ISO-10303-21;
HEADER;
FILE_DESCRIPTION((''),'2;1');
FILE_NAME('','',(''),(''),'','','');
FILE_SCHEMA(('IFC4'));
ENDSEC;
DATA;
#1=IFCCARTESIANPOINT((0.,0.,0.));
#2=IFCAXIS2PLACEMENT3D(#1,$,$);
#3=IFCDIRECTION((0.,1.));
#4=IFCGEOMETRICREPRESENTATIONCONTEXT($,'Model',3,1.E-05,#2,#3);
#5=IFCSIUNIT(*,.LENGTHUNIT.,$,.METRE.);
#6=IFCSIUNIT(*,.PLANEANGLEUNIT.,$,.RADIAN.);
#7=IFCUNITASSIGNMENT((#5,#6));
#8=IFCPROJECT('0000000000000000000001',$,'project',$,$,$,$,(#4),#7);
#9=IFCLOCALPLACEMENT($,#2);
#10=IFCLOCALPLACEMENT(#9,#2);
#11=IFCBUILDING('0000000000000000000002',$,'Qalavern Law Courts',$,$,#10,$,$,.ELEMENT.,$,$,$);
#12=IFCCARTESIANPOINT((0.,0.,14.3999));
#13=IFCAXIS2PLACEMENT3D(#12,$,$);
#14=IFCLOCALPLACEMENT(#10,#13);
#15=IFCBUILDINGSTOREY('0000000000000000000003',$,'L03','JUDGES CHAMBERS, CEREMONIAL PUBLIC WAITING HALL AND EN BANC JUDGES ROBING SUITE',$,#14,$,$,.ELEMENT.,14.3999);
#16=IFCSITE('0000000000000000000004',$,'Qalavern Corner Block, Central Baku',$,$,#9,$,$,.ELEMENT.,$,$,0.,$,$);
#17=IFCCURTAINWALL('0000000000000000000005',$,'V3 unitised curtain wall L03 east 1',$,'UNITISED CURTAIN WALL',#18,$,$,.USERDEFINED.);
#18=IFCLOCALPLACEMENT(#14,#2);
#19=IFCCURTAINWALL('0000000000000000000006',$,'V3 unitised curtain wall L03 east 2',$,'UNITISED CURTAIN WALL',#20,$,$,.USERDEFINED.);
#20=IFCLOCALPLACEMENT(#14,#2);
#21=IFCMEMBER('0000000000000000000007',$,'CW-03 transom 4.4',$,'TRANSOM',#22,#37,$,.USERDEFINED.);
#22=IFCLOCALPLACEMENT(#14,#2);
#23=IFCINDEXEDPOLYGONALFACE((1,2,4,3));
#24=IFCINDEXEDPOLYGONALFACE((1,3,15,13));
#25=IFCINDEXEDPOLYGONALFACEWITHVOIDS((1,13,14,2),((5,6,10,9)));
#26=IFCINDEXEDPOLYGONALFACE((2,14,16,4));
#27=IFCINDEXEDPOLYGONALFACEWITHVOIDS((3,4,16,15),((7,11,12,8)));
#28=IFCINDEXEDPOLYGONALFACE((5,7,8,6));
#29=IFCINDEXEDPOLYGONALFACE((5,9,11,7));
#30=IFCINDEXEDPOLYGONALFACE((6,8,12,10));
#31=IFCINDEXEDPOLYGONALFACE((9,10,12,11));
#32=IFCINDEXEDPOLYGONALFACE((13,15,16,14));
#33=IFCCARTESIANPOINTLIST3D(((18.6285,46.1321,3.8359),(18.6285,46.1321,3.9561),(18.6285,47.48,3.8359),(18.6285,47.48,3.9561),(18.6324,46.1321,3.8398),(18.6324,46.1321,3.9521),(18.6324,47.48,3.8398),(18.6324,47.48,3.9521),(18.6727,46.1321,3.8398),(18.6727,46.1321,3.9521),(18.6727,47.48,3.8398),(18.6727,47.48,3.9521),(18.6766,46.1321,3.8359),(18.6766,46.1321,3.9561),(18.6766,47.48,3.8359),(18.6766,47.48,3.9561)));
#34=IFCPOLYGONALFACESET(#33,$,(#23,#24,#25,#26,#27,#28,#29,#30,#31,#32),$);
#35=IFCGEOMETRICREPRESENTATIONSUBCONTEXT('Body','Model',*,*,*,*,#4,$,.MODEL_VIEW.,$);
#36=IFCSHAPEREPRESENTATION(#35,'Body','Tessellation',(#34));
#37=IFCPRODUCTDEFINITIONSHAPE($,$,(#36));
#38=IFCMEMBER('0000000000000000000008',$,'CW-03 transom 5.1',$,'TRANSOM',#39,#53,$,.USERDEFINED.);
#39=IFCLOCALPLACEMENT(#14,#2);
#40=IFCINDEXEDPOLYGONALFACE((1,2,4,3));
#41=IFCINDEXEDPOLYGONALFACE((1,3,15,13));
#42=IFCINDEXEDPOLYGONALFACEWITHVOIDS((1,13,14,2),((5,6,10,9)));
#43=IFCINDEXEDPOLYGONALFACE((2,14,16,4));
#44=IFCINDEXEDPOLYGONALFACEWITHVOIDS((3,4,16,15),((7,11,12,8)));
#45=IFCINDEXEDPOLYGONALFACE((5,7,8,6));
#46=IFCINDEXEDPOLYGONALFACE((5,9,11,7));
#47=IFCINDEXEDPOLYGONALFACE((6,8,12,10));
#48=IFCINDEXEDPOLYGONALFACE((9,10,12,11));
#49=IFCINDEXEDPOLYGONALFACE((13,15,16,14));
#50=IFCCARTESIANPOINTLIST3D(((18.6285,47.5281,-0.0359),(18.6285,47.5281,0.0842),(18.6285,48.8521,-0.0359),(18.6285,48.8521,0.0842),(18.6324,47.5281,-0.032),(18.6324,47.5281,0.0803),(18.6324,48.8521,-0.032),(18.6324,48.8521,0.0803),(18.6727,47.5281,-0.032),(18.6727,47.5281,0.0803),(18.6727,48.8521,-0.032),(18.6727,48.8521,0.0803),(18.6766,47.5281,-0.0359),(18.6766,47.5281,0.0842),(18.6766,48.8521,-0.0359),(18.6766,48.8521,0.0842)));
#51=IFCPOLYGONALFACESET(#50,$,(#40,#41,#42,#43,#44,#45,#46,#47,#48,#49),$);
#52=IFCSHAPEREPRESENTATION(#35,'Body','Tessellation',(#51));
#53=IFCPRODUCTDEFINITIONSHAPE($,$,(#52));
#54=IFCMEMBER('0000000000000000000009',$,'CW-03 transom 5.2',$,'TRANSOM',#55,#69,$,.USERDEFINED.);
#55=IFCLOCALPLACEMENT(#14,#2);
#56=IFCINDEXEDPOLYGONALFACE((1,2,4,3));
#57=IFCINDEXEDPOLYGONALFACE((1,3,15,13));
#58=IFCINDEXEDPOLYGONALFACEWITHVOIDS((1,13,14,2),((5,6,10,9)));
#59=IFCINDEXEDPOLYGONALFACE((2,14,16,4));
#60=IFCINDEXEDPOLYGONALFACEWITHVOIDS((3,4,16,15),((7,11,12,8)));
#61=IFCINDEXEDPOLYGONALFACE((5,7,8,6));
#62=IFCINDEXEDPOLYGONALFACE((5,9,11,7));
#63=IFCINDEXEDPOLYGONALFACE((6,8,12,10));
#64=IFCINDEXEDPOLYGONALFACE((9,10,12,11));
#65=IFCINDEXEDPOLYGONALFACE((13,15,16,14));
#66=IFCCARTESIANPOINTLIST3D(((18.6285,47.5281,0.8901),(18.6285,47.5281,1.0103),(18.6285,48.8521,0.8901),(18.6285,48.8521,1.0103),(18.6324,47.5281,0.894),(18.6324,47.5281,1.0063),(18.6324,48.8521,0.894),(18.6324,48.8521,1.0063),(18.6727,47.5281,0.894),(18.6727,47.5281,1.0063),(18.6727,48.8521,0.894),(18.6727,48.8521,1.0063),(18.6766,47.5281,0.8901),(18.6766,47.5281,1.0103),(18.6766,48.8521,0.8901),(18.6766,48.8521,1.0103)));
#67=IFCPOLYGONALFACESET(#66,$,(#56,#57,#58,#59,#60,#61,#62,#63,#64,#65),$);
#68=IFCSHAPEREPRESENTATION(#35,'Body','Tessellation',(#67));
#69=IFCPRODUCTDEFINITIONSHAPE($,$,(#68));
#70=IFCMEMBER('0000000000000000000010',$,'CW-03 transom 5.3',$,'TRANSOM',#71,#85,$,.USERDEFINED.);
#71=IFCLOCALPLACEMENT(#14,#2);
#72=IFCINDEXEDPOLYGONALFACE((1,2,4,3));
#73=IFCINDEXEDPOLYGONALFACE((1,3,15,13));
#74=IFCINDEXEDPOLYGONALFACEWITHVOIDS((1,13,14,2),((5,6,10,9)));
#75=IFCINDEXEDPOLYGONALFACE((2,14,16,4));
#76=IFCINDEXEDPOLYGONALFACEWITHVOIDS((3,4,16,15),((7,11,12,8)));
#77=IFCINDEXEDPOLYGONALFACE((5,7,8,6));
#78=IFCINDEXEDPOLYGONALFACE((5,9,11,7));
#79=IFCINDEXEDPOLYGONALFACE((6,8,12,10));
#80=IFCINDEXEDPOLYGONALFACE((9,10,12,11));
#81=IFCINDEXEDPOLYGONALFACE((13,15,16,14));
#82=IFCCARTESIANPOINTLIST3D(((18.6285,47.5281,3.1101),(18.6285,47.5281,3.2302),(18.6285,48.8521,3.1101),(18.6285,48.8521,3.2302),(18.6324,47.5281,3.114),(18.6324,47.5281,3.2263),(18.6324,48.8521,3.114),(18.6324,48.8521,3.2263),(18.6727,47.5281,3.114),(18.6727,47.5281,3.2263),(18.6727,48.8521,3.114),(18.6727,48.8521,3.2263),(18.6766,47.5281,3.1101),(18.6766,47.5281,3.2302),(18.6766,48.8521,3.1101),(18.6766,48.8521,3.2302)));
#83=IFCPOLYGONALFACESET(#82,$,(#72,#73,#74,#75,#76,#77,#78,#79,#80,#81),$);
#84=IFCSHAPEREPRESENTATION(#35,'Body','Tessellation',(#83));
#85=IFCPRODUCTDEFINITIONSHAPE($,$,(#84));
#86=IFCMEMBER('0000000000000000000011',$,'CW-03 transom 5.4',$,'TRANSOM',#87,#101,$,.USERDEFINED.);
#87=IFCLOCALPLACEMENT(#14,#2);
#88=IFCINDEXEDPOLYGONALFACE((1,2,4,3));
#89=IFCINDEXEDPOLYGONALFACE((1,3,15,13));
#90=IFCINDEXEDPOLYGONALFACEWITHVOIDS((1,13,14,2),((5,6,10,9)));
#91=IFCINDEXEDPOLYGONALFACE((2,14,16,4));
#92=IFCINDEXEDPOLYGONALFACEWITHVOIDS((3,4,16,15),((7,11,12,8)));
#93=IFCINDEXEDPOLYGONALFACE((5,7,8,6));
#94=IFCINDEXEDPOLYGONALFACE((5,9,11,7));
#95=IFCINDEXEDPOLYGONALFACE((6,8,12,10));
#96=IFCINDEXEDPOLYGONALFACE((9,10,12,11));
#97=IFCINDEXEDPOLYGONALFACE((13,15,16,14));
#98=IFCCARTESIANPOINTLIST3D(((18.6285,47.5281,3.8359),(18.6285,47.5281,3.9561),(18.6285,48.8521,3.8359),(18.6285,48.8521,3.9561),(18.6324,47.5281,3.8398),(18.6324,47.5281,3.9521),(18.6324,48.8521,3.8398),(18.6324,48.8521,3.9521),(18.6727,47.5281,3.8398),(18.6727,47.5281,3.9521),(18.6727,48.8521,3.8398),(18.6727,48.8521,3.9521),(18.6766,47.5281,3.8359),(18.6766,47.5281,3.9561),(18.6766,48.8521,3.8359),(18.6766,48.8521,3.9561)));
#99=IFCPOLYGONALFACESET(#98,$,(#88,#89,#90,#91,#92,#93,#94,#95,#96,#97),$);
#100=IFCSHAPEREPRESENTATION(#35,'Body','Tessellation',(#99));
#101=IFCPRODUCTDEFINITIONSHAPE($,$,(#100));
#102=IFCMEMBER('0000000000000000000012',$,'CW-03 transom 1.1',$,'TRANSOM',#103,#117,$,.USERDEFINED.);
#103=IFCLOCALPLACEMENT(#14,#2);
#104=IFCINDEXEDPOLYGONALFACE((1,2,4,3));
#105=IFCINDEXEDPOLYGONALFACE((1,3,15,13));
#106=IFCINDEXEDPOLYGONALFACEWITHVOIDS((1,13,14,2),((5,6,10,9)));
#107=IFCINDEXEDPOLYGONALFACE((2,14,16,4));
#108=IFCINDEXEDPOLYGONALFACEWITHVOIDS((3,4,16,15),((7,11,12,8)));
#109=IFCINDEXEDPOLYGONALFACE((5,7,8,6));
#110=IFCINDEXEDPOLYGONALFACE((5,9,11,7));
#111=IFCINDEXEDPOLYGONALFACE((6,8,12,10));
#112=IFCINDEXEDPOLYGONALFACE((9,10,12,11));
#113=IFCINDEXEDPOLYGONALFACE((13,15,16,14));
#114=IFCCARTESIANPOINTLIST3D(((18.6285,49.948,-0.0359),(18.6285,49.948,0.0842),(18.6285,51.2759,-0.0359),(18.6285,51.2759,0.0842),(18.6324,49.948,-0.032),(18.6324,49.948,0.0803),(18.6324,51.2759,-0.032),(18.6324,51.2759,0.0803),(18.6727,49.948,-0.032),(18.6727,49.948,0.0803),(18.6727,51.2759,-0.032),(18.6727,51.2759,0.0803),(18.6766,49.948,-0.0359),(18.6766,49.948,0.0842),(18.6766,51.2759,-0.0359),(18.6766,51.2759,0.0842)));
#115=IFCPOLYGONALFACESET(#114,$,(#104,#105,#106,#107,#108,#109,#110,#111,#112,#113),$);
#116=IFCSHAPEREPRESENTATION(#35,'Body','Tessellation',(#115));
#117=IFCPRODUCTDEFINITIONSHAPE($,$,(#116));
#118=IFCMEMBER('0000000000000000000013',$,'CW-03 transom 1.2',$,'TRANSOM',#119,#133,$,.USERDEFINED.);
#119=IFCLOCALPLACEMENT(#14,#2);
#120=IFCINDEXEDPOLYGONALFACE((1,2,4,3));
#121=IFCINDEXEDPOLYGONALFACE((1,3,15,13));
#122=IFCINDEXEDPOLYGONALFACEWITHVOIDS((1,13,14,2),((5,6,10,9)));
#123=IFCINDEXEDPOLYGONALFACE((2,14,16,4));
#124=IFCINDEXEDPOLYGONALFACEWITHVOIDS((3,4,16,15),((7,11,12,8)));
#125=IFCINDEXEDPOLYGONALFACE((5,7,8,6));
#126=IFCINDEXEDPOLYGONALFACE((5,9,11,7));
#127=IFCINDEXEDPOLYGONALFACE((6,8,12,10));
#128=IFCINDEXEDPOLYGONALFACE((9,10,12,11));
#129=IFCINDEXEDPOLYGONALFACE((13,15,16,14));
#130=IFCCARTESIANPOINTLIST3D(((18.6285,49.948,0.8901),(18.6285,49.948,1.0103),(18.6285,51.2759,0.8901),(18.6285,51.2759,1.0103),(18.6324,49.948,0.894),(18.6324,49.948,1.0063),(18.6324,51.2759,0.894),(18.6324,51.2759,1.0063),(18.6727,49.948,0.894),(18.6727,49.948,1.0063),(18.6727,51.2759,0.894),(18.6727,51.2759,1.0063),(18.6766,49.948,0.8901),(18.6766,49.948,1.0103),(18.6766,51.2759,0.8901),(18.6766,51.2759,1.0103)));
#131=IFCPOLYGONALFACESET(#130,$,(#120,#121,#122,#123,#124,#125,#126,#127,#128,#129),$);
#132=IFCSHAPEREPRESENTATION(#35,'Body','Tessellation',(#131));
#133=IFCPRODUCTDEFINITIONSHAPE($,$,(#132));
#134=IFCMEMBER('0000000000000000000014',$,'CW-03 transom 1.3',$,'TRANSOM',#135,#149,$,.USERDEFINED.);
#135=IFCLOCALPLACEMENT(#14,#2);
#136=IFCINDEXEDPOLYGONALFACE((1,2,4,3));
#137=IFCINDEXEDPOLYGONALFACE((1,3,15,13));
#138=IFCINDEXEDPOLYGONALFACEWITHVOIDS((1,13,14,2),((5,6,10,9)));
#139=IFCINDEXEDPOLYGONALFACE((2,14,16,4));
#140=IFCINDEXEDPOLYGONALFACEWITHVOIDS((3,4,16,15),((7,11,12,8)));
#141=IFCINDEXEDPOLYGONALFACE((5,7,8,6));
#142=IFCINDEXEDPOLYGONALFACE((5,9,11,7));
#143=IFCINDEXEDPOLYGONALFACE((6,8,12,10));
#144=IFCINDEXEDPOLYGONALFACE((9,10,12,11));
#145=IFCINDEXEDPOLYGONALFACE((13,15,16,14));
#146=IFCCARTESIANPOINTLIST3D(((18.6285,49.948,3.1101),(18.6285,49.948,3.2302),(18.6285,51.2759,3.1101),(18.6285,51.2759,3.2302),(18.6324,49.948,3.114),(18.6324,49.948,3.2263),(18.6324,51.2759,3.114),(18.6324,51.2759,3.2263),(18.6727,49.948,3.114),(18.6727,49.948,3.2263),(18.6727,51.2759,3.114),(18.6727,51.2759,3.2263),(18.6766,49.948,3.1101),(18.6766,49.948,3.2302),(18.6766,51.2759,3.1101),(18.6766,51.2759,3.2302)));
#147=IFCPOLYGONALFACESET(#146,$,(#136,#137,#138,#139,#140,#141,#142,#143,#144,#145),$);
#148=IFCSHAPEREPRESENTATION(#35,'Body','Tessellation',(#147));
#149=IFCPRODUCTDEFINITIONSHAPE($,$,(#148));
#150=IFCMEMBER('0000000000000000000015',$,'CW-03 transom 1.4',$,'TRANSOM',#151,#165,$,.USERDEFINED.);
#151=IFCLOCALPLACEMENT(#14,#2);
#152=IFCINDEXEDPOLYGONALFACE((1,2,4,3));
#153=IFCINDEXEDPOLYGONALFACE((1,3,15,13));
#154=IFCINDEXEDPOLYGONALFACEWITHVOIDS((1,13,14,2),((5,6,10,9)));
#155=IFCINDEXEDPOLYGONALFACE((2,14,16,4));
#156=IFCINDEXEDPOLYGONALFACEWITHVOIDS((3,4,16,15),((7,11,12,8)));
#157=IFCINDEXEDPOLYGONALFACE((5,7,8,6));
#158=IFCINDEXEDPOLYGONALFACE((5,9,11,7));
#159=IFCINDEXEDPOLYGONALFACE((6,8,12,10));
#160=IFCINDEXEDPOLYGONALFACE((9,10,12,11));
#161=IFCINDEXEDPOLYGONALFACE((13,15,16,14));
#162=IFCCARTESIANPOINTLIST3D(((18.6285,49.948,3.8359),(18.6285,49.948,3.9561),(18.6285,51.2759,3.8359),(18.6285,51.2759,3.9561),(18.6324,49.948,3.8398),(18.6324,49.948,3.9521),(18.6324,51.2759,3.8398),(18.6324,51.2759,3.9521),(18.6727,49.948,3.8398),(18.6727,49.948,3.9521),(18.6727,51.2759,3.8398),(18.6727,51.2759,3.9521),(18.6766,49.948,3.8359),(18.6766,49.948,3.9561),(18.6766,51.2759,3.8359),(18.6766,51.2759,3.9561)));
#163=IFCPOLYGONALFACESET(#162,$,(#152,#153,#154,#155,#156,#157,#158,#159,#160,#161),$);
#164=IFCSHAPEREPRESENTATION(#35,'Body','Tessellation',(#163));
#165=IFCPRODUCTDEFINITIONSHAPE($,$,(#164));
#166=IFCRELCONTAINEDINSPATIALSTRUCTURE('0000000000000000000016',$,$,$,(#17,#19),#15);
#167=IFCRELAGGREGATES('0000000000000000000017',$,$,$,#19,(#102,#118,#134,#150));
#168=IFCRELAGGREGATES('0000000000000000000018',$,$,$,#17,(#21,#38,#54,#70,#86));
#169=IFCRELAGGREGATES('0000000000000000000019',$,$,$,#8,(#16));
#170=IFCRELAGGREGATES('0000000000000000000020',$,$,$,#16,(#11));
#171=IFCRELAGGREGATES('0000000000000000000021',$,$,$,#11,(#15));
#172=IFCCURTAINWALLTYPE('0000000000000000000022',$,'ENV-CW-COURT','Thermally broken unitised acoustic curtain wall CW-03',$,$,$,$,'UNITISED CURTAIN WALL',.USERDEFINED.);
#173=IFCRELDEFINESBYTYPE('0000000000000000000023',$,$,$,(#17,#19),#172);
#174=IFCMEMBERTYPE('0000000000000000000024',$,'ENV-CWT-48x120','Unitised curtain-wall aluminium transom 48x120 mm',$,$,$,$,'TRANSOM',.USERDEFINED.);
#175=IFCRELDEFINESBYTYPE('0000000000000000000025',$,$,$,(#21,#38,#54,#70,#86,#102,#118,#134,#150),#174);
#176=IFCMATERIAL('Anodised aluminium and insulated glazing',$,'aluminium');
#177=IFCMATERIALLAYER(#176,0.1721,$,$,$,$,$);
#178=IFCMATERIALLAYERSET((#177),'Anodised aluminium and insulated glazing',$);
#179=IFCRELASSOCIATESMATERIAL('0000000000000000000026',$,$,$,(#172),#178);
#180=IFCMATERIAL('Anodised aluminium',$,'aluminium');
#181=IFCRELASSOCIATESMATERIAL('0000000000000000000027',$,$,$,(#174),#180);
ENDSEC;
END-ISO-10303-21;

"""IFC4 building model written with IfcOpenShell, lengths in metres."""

from ifc_helpers import new_model, si_unit, direction, frame, origin, origin_2d, place, context, subcontext, project, spatial, hollow_rectangle, extrude, material, layer, layer_set, material_profile, profile_set, type_object, element, aggregate, save


model = new_model("IFC4")

# Units and contexts
model_context = context("Model", 3, precision=1e-05, world=origin(), true_north=direction((0.0, 1.0)))
body_context = subcontext(model_context, "Body", "Model", "MODEL_VIEW")
ifc_project = project(units=[si_unit("LENGTHUNIT", "METRE"), si_unit("PLANEANGLEUNIT", "RADIAN")], contexts=[model_context])

# Site, building, storey
site_placement = place(None, origin())
site = spatial("IfcSite", under=ifc_project, at=site_placement, Name="Qalavern Corner Block, Central Baku", CompositionType="ELEMENT", RefElevation=0.0)
building_placement = place(site_placement, origin())
building = spatial("IfcBuilding", under=site, at=building_placement, Name="Qalavern Law Courts", CompositionType="ELEMENT")
storey_placement = place(building_placement, frame((0.0, 0.0, 14.3999)))
storey = spatial("IfcBuildingStorey", under=building, at=storey_placement, Name="L03", Description="JUDGES CHAMBERS, CEREMONIAL PUBLIC WAITING HALL AND EN BANC JUDGES ROBING SUITE", CompositionType="ELEMENT", Elevation=14.3999)

# Curtain wall
ifc_material_1 = material(Name="Anodised aluminium and insulated glazing", Category="aluminium")
ifc_layer_1 = layer(ifc_material_1, 0.1721)
ifc_layer_set_1 = layer_set([ifc_layer_1], Name="Anodised aluminium and insulated glazing")
curtain_wall_type = type_object("IfcCurtainWallType", Name="ENV-CW-COURT", Description="Thermally broken unitised acoustic curtain wall CW-03", ElementType="UNITISED CURTAIN WALL", PredefinedType="USERDEFINED", material=ifc_layer_set_1)
curtain_wall_1_placement = place(storey_placement, origin())
curtain_wall_1 = element("IfcCurtainWall", 1, at=curtain_wall_1_placement, inside=storey, type_object=curtain_wall_type, Name="V3 unitised curtain wall L03 east 1", ObjectType="UNITISED CURTAIN WALL", PredefinedType="USERDEFINED")
ifc_material_2 = material(Name="Anodised aluminium", Category="aluminium")

# Curtain wall
curtain_wall_2_placement = place(storey_placement, origin())
curtain_wall_2 = element("IfcCurtainWall", 2, at=curtain_wall_2_placement, inside=storey, type_object=curtain_wall_type, Name="V3 unitised curtain wall L03 east 2", ObjectType="UNITISED CURTAIN WALL", PredefinedType="USERDEFINED")

# Members
ifc_material_profile_1 = material_profile(ifc_material_2, hollow_rectangle(XDim=0.0481, YDim=0.1201, WallThickness=0.0039, at=origin_2d()), Name="ALU TRANSOM 48x120")
ifc_profile_set_1 = profile_set([ifc_material_profile_1], Name="Anodised aluminium")
member_type_1 = type_object("IfcMemberType", Name="ENV-CWT-48x120", Description="Unitised curtain-wall aluminium transom 48x120 mm", ElementType="TRANSOM", PredefinedType="USERDEFINED", material=ifc_profile_set_1)
member_1_placement = place(storey_placement, frame((18.6526, 46.1321, 3.896), z_axis=(0.0, 1.0, 0.0), x_axis=(-1.0, 0.0, 0.0)))
member_1 = element("IfcMember", 3, at=member_1_placement, type_object=member_type_1, Name="CW-03 transom 4.4", ObjectType="TRANSOM", PredefinedType="USERDEFINED", context=body_context, shape_type="SweptSolid", body=[
    extrude(hollow_rectangle(XDim=0.0481, YDim=0.1201, WallThickness=0.0039, at=origin_2d()), origin(), (0.0, 0.0, 1.0), 1.3479),
])
member_2_placement = place(storey_placement, frame((18.6526, 47.5281, 0.0242), z_axis=(0.0, 1.0, 0.0), x_axis=(-1.0, 0.0, 0.0)))
member_2 = element("IfcMember", 4, at=member_2_placement, type_object=member_type_1, Name="CW-03 transom 5.1", ObjectType="TRANSOM", PredefinedType="USERDEFINED", context=body_context, shape_type="SweptSolid", body=[
    extrude(hollow_rectangle(XDim=0.0481, YDim=0.1201, WallThickness=0.0039, at=origin_2d()), origin(), (0.0, 0.0, 1.0), 1.324),
])
member_3_placement = place(storey_placement, frame((18.6526, 47.5281, 0.9502), z_axis=(0.0, 1.0, 0.0), x_axis=(-1.0, 0.0, 0.0)))
member_3 = element("IfcMember", 5, at=member_3_placement, type_object=member_type_1, Name="CW-03 transom 5.2", ObjectType="TRANSOM", PredefinedType="USERDEFINED", context=body_context, shape_type="SweptSolid", body=[
    extrude(hollow_rectangle(XDim=0.0481, YDim=0.1201, WallThickness=0.0039, at=origin_2d()), origin(), (0.0, 0.0, 1.0), 1.324),
])
member_4_placement = place(storey_placement, frame((18.6526, 47.5281, 3.1702), z_axis=(0.0, 1.0, 0.0), x_axis=(-1.0, 0.0, 0.0)))
member_4 = element("IfcMember", 6, at=member_4_placement, type_object=member_type_1, Name="CW-03 transom 5.3", ObjectType="TRANSOM", PredefinedType="USERDEFINED", context=body_context, shape_type="SweptSolid", body=[
    extrude(hollow_rectangle(XDim=0.0481, YDim=0.1201, WallThickness=0.0039, at=origin_2d()), origin(), (0.0, 0.0, 1.0), 1.324),
])
member_5_placement = place(storey_placement, frame((18.6526, 47.5281, 3.896), z_axis=(0.0, 1.0, 0.0), x_axis=(-1.0, 0.0, 0.0)))
member_5 = element("IfcMember", 7, at=member_5_placement, type_object=member_type_1, Name="CW-03 transom 5.4", ObjectType="TRANSOM", PredefinedType="USERDEFINED", context=body_context, shape_type="SweptSolid", body=[
    extrude(hollow_rectangle(XDim=0.0481, YDim=0.1201, WallThickness=0.0039, at=origin_2d()), origin(), (0.0, 0.0, 1.0), 1.324),
])
member_6_placement = place(storey_placement, frame((18.6526, 49.948, 0.0242), z_axis=(0.0, 1.0, 0.0), x_axis=(-1.0, 0.0, 0.0)))
member_6 = element("IfcMember", 8, at=member_6_placement, type_object=member_type_1, Name="CW-03 transom 1.1", ObjectType="TRANSOM", PredefinedType="USERDEFINED", context=body_context, shape_type="SweptSolid", body=[
    extrude(hollow_rectangle(XDim=0.0481, YDim=0.1201, WallThickness=0.0039, at=origin_2d()), origin(), (0.0, 0.0, 1.0), 1.3279),
])
member_7_placement = place(storey_placement, frame((18.6526, 49.948, 0.9502), z_axis=(0.0, 1.0, 0.0), x_axis=(-1.0, 0.0, 0.0)))
member_7 = element("IfcMember", 9, at=member_7_placement, type_object=member_type_1, Name="CW-03 transom 1.2", ObjectType="TRANSOM", PredefinedType="USERDEFINED", context=body_context, shape_type="SweptSolid", body=[
    extrude(hollow_rectangle(XDim=0.0481, YDim=0.1201, WallThickness=0.0039, at=origin_2d()), origin(), (0.0, 0.0, 1.0), 1.3279),
])
member_8_placement = place(storey_placement, frame((18.6526, 49.948, 3.1702), z_axis=(0.0, 1.0, 0.0), x_axis=(-1.0, 0.0, 0.0)))
member_8 = element("IfcMember", 10, at=member_8_placement, type_object=member_type_1, Name="CW-03 transom 1.3", ObjectType="TRANSOM", PredefinedType="USERDEFINED", context=body_context, shape_type="SweptSolid", body=[
    extrude(hollow_rectangle(XDim=0.0481, YDim=0.1201, WallThickness=0.0039, at=origin_2d()), origin(), (0.0, 0.0, 1.0), 1.3279),
])
member_9_placement = place(storey_placement, frame((18.6526, 49.948, 3.896), z_axis=(0.0, 1.0, 0.0), x_axis=(-1.0, 0.0, 0.0)))
member_9 = element("IfcMember", 11, at=member_9_placement, type_object=member_type_1, Name="CW-03 transom 1.4", ObjectType="TRANSOM", PredefinedType="USERDEFINED", context=body_context, shape_type="SweptSolid", body=[
    extrude(hollow_rectangle(XDim=0.0481, YDim=0.1201, WallThickness=0.0039, at=origin_2d()), origin(), (0.0, 0.0, 1.0), 1.3279),
])
aggregate(curtain_wall_2, [member_6, member_7, member_8, member_9])

aggregate(curtain_wall_1, [member_1, member_2, member_3, member_4, member_5])

save(model, "model.ifc")
